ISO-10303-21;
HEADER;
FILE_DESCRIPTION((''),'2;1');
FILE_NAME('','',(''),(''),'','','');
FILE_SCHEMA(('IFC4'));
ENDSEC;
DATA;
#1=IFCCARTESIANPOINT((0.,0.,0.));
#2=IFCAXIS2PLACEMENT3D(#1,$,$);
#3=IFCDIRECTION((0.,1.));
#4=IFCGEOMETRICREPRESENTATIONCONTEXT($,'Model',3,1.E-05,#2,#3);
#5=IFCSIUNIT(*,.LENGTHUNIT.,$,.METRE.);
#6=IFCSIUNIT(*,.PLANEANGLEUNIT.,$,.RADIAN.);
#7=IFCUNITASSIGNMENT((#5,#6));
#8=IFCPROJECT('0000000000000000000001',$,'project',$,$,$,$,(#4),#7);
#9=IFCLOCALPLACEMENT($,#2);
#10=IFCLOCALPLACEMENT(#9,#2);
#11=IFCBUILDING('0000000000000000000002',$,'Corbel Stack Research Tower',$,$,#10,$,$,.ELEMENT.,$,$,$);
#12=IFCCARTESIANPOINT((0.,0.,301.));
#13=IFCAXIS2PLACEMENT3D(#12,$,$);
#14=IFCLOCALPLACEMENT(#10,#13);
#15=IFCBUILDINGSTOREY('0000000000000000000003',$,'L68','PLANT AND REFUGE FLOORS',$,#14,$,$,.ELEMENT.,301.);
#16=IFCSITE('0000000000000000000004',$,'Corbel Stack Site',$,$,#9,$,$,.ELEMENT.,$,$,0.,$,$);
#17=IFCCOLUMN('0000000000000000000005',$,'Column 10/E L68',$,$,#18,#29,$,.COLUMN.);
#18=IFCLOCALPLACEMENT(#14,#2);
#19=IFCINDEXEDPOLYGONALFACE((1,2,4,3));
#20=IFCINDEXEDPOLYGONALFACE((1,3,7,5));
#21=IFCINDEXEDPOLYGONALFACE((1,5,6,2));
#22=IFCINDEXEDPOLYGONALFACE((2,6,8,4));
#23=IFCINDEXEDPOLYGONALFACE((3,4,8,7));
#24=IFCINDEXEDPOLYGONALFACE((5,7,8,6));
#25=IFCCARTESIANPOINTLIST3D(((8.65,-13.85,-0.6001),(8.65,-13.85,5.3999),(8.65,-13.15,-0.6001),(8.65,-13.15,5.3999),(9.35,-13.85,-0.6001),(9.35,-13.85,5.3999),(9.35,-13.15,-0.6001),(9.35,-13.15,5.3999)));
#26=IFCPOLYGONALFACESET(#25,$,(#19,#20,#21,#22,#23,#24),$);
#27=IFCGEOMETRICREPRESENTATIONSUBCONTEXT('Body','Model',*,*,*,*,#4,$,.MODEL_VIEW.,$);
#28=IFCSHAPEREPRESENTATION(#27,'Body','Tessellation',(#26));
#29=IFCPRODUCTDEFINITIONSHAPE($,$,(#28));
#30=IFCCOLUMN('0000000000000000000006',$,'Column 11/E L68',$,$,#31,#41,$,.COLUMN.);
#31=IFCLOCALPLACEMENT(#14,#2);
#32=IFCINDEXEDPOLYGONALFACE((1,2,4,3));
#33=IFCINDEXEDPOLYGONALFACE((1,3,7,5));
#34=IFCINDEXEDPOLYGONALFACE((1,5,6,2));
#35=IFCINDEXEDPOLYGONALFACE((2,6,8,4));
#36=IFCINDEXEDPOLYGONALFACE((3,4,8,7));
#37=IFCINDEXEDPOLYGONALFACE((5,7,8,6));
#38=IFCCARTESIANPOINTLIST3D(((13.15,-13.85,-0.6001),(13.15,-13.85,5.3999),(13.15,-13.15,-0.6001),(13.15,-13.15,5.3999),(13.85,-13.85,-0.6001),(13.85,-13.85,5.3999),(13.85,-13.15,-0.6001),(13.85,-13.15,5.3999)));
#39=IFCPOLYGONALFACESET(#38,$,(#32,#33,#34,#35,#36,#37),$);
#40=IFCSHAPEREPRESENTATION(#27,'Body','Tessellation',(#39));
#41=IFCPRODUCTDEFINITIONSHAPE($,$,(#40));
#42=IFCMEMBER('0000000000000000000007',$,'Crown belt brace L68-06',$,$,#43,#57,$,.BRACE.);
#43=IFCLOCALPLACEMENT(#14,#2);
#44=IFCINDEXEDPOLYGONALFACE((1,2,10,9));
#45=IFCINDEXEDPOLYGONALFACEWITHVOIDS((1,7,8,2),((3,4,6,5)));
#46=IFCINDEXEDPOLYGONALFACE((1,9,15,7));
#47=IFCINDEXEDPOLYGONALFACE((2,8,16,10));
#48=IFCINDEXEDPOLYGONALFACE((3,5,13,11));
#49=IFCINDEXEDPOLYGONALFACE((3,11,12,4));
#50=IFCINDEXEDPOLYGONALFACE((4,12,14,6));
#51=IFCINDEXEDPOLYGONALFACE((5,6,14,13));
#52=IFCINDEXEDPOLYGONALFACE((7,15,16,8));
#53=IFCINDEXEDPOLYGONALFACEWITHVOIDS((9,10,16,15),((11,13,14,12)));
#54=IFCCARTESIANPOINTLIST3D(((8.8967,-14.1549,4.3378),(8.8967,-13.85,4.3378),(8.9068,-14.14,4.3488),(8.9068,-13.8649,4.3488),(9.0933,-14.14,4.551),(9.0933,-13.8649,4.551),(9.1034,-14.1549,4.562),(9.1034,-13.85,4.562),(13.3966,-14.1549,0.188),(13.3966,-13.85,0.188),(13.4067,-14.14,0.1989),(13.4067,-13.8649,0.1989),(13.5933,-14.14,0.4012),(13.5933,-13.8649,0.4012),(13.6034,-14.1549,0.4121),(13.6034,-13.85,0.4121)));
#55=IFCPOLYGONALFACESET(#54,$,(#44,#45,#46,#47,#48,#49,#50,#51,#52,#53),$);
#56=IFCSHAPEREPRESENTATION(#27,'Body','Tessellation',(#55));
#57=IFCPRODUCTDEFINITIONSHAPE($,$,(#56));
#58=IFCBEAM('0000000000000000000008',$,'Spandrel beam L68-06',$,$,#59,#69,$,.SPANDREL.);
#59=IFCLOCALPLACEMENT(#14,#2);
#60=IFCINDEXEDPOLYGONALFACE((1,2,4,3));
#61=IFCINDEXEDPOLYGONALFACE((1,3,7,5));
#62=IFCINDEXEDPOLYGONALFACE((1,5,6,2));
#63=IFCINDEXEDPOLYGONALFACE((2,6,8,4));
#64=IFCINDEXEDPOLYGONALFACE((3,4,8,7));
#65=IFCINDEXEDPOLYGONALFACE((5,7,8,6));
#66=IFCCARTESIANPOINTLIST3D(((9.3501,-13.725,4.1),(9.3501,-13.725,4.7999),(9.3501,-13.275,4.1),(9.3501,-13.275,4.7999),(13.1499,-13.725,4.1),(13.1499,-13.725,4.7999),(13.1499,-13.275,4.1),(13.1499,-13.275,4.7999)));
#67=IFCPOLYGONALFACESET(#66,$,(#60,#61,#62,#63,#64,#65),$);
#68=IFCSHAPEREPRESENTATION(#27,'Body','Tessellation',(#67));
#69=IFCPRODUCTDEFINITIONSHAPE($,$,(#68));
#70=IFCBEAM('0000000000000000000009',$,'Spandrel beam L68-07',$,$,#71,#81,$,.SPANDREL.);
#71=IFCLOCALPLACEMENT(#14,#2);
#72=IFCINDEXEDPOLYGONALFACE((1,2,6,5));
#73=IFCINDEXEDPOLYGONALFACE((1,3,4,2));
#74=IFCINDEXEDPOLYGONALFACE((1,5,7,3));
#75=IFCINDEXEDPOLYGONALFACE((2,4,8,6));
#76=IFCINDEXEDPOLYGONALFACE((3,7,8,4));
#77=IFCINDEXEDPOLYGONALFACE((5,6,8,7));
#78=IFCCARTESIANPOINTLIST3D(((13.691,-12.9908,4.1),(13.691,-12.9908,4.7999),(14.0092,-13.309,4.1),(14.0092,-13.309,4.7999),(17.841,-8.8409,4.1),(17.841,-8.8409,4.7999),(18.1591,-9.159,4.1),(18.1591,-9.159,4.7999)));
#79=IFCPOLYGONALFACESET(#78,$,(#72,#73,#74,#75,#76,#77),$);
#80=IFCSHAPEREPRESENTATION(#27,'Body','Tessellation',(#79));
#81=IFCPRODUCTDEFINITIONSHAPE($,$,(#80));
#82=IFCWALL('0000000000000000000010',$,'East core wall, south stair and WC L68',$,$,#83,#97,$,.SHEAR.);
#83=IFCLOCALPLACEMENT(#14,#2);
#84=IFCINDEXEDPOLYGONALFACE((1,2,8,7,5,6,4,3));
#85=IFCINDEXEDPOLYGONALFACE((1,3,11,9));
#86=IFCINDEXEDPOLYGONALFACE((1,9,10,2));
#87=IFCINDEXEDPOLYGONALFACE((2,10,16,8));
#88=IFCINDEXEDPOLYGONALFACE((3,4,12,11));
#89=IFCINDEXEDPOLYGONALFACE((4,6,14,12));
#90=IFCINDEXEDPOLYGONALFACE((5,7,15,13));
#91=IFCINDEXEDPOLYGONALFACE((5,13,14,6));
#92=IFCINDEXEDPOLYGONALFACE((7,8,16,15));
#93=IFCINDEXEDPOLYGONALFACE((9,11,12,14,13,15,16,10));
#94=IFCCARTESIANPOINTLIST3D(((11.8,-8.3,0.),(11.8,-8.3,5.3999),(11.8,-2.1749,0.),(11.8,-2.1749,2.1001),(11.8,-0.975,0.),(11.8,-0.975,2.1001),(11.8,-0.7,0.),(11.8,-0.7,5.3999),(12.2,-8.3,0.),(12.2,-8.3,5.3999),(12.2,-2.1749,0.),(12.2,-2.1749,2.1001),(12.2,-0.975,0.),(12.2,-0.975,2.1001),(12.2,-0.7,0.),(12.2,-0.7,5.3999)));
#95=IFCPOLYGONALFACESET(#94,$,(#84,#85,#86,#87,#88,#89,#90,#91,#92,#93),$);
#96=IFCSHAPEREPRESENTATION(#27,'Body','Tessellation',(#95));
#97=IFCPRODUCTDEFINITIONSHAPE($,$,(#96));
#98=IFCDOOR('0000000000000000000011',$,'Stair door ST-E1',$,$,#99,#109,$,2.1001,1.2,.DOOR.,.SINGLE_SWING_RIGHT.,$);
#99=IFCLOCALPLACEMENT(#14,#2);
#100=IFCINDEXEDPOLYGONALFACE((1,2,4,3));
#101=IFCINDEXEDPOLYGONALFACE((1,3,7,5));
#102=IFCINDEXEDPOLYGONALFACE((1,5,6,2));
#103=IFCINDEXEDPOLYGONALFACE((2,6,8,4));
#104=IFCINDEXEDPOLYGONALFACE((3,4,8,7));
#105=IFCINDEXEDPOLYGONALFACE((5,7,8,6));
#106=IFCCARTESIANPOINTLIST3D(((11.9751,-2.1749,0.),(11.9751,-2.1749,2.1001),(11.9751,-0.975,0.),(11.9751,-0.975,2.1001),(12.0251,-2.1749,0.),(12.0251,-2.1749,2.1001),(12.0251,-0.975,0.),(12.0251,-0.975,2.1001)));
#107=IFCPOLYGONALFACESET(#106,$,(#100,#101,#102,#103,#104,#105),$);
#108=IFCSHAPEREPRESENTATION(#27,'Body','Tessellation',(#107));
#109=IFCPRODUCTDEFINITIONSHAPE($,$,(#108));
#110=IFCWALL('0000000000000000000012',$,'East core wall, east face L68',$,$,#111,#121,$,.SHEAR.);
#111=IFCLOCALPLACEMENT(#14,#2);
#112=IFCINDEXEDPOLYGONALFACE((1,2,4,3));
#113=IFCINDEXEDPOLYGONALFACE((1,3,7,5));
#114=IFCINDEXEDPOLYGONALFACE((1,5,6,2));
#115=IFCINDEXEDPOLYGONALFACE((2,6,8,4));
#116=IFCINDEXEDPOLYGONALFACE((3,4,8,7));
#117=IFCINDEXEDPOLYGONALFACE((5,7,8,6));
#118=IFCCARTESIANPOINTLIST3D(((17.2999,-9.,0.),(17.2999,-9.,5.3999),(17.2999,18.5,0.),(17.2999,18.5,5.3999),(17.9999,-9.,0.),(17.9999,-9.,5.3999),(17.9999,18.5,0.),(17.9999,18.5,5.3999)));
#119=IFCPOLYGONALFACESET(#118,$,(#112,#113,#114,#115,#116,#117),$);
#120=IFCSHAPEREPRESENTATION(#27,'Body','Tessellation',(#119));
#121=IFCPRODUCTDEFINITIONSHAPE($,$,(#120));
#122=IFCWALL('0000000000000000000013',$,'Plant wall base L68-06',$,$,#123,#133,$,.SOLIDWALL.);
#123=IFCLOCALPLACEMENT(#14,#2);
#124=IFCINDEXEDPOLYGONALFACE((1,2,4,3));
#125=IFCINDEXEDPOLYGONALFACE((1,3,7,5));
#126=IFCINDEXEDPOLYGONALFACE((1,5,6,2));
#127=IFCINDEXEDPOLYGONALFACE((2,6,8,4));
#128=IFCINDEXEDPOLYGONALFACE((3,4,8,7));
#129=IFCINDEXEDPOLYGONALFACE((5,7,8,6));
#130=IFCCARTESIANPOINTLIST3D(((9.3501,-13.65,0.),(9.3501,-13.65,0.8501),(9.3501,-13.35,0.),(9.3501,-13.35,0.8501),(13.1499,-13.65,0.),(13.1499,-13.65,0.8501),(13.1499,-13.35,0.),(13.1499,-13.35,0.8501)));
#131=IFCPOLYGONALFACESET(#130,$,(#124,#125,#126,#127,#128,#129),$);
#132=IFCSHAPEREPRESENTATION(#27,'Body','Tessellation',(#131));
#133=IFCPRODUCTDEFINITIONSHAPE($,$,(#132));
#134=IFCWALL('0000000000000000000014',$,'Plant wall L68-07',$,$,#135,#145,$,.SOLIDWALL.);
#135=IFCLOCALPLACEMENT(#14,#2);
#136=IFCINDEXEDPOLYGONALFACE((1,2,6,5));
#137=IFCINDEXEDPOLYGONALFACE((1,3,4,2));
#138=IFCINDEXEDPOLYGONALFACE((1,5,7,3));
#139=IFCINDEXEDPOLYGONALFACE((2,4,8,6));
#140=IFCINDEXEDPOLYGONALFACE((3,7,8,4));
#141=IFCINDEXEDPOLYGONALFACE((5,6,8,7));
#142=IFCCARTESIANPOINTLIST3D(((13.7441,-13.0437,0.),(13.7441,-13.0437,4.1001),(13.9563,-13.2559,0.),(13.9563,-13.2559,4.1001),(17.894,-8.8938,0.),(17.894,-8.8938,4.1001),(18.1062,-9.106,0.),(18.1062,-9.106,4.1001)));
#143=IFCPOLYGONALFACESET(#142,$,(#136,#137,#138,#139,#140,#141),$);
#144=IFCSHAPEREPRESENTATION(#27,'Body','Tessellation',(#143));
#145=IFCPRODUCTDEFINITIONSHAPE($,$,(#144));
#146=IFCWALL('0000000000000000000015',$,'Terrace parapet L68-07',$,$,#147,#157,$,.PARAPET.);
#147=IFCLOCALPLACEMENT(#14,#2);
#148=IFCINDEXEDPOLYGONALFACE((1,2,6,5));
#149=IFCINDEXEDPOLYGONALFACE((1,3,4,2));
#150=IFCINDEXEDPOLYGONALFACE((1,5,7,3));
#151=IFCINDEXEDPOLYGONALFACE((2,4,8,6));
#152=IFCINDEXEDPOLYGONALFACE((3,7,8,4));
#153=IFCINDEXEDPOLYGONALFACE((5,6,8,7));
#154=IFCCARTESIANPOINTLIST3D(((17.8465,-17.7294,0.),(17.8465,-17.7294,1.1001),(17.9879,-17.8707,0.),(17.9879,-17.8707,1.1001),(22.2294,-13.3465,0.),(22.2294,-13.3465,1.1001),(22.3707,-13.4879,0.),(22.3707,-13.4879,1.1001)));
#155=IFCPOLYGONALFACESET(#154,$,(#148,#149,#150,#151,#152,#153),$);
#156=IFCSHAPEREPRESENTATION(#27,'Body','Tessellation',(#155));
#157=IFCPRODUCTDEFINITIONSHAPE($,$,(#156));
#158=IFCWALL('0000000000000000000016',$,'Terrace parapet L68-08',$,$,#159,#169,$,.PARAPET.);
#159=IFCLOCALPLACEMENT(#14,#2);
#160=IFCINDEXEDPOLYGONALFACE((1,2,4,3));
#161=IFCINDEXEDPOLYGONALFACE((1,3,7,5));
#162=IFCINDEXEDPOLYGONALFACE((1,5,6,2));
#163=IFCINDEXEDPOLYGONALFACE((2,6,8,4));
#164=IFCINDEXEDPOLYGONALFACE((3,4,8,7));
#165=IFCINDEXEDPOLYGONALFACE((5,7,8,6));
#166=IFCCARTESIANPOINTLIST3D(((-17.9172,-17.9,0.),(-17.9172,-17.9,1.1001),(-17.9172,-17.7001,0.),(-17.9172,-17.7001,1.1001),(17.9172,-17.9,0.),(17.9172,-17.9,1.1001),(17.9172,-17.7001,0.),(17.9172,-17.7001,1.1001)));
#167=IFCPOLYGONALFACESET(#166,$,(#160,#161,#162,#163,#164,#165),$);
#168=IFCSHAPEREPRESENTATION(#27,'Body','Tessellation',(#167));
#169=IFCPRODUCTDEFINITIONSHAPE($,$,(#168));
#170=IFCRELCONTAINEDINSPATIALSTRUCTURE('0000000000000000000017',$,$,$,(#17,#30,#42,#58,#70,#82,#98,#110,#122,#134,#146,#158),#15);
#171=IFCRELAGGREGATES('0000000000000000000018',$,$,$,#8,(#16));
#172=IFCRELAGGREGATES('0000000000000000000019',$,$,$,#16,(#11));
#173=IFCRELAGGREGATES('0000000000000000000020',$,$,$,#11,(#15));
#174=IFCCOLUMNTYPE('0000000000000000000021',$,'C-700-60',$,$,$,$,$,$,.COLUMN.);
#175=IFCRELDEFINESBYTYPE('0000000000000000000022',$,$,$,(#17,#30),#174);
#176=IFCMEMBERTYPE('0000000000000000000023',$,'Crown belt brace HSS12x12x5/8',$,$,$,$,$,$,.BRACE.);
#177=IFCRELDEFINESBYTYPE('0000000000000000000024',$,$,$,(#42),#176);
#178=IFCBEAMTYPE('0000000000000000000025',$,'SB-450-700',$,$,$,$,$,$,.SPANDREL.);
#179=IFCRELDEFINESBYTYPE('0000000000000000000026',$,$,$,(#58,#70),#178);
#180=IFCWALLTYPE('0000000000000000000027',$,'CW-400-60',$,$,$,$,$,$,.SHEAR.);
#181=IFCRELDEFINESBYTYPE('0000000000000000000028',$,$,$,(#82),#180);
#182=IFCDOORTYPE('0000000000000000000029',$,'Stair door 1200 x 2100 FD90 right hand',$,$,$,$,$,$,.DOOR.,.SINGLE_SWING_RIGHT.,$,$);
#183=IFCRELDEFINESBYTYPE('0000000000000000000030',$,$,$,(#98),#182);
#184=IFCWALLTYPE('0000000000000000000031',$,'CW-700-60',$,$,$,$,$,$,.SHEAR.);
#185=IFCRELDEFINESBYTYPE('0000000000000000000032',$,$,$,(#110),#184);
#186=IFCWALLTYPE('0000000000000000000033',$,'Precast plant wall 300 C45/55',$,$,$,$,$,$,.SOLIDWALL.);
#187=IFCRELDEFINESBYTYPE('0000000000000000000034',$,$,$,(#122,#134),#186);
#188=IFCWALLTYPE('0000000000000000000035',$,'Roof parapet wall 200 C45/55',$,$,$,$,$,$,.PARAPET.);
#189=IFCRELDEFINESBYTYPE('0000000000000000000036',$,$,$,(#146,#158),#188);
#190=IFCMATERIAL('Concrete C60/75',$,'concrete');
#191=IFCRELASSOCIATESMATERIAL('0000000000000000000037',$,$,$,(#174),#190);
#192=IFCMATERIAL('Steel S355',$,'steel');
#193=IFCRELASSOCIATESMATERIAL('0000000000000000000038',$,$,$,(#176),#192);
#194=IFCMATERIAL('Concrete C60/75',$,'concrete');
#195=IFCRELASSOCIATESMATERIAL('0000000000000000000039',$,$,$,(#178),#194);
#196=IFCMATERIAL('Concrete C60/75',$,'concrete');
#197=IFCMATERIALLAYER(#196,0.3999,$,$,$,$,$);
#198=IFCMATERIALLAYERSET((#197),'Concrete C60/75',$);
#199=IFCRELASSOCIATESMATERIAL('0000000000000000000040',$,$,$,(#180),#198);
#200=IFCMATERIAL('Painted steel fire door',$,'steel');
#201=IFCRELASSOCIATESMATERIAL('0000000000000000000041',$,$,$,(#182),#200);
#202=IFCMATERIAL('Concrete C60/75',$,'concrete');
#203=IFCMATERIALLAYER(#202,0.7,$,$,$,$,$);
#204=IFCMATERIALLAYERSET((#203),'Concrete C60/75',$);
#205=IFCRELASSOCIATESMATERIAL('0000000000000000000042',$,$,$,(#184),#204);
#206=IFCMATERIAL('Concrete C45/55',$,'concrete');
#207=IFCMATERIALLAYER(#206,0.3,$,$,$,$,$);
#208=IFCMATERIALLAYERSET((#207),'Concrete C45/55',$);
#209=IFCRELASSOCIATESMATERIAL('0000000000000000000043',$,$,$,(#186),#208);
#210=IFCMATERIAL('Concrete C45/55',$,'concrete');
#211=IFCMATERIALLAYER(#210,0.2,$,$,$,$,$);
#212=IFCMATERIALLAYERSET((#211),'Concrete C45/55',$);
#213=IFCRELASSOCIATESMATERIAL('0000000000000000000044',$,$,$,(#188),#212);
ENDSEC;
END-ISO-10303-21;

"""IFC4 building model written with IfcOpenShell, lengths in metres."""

from ifc_helpers import new_model, si_unit, direction, frame, frame_2d, origin, origin_2d, place, context, subcontext, project, spatial, rectangle, hollow_rectangle, extrude, material, layer, layer_set, material_profile, profile_set, type_object, element, fill, save


model = new_model("IFC4")

# Units and contexts
model_context = context("Model", 3, precision=1e-05, world=origin(), true_north=direction((0.0, 1.0)))
body_context = subcontext(model_context, "Body", "Model", "MODEL_VIEW")
ifc_project = project(units=[si_unit("LENGTHUNIT", "METRE"), si_unit("PLANEANGLEUNIT", "RADIAN")], contexts=[model_context])

# Site, building, storey
site_placement = place(None, origin())
site = spatial("IfcSite", under=ifc_project, at=site_placement, Name="Corbel Stack Site", CompositionType="ELEMENT", RefElevation=0.0)
building_placement = place(site_placement, origin())
building = spatial("IfcBuilding", under=site, at=building_placement, Name="Corbel Stack Research Tower", CompositionType="ELEMENT")
storey_placement = place(building_placement, frame((0.0, 0.0, 301.0)))
storey = spatial("IfcBuildingStorey", under=building, at=storey_placement, Name="L68", Description="PLANT AND REFUGE FLOORS", CompositionType="ELEMENT", Elevation=301.0)

# Columns
ifc_material_1 = material(Name="Concrete C60/75", Category="concrete")
ifc_material_profile_1 = material_profile(ifc_material_1, rectangle(XDim=0.7, YDim=0.7, at=origin_2d()), Name="RC 700 x 700")
ifc_profile_set_1 = profile_set([ifc_material_profile_1], Name="Concrete C60/75")
column_type = type_object("IfcColumnType", Name="C-700-60", PredefinedType="COLUMN", material=ifc_profile_set_1)
for number, where, z_axis, x_axis, name in (
    (1, (9.0, -13.5, -0.6001), (0.0, 0.0, 1.0), (1.0, 0.0, 0.0), "Column 10/E L68"),
    (2, (13.5, -13.5, -0.6001), (0.0, 0.0, 1.0), (1.0, 0.0, 0.0), "Column 11/E L68"),
):
    element("IfcColumn", number, at=place(storey_placement, frame(where, z_axis=z_axis, x_axis=x_axis)), inside=storey, type_object=column_type, Name=name, PredefinedType="COLUMN", context=body_context, shape_type="SweptSolid", body=[
        extrude(rectangle(XDim=0.7, YDim=0.7, at=origin_2d()), origin(), (0.0, 0.0, 1.0), 6.0),
    ])

# Member
ifc_material_2 = material(Name="Steel S355", Category="steel")
ifc_material_profile_2 = material_profile(ifc_material_2, hollow_rectangle(XDim=0.3049, YDim=0.3049, WallThickness=0.0149, at=origin_2d()), Name="HSS12x12x5/8")
ifc_profile_set_2 = profile_set([ifc_material_profile_2], Name="Steel S355")
member_type = type_object("IfcMemberType", Name="Crown belt brace HSS12x12x5/8", PredefinedType="BRACE", material=ifc_profile_set_2)
member_placement = place(storey_placement, frame((13.5, -14.0024, 0.3), z_axis=(-0.735124, 0.0, 0.677932), x_axis=(0.0, -1.0, 0.0)))
element("IfcMember", 3, at=member_placement, inside=storey, type_object=member_type, Name="Crown belt brace L68-06", PredefinedType="BRACE", context=body_context, shape_type="SweptSolid", body=[
    extrude(hollow_rectangle(XDim=0.3049, YDim=0.3049, WallThickness=0.0149, at=origin_2d()), origin(), (0.0, 0.0, 1.0), 6.1213),
])

# Beams
ifc_material_3 = material(Name="Concrete C60/75", Category="concrete")
ifc_material_profile_3 = material_profile(ifc_material_3, rectangle(XDim=0.45, YDim=0.7, at=origin_2d()), Name="RC 450 x 700")
ifc_profile_set_3 = profile_set([ifc_material_profile_3], Name="Concrete C60/75")
beam_type = type_object("IfcBeamType", Name="SB-450-700", PredefinedType="SPANDREL", material=ifc_profile_set_3)
beam_1_placement = place(storey_placement, frame((9.3501, -13.5, 4.45), z_axis=(1.0, 0.0, 0.0), x_axis=(0.0, 1.0, 0.0)))
element("IfcBeam", 4, at=beam_1_placement, inside=storey, type_object=beam_type, Name="Spandrel beam L68-06", PredefinedType="SPANDREL", context=body_context, shape_type="SweptSolid", body=[
    extrude(rectangle(XDim=0.45, YDim=0.7, at=origin_2d()), origin(), (0.0, 0.0, 1.0), 3.7998),
])
beam_2_placement = place(storey_placement, frame((13.8501, -13.1499, 4.45), z_axis=(0.707107, 0.707107, 0.0), x_axis=(-0.707107, 0.707107, 0.0)))
element("IfcBeam", 5, at=beam_2_placement, inside=storey, type_object=beam_type, Name="Spandrel beam L68-07", PredefinedType="SPANDREL", context=body_context, shape_type="SweptSolid", body=[
    extrude(rectangle(XDim=0.45, YDim=0.7, at=origin_2d()), origin(), (0.0, 0.0, 1.0), 5.8689),
])

# Wall, opening, door
ifc_material_4 = material(Name="Concrete C60/75", Category="concrete")
ifc_layer_1 = layer(ifc_material_4, 0.3999)
ifc_layer_set_1 = layer_set([ifc_layer_1], Name="Concrete C60/75")
wall_type_1 = type_object("IfcWallType", Name="CW-400-60", PredefinedType="SHEAR", material=ifc_layer_set_1)
wall_1_placement = place(storey_placement, frame((12.0, -8.3, 0.0), z_axis=(0.0, 0.0, 1.0), x_axis=(0.0, 1.0, 0.0)))
wall_1 = element("IfcWall", 6, at=wall_1_placement, inside=storey, type_object=wall_type_1, Name="East core wall, south stair and WC L68", PredefinedType="SHEAR", context=body_context, shape_type="SweptSolid", body=[
    extrude(rectangle(XDim=7.6001, YDim=0.3999, at=frame_2d((3.8, 0.0))), origin(), (0.0, 0.0, 1.0), 5.3999),
])
opening_placement = place(wall_1_placement, frame((6.125, 0.0, 0.0)))
opening = element("IfcOpeningElement", 7, at=opening_placement, cuts=wall_1, PredefinedType="OPENING", context=body_context, shape_type="SweptSolid", body=[
    extrude(rectangle(XDim=1.2, YDim=2.1001, at=frame_2d((0.6001, 1.05))), frame((0.0, 0.21, 0.0), z_axis=(0.0, -1.0, 0.0), x_axis=(1.0, 0.0, 0.0)), (0.0, 0.0, 1.0), 0.4199),
])
ifc_material_5 = material(Name="Painted steel fire door", Category="steel")
door_type = type_object("IfcDoorType", Name="Stair door 1200 x 2100 FD90 right hand", OperationType="SINGLE_SWING_RIGHT", PredefinedType="DOOR", material=ifc_material_5)
door_placement = place(opening_placement, origin())
door = element("IfcDoor", 8, at=door_placement, inside=storey, type_object=door_type, Name="Stair door ST-E1", OperationType="SINGLE_SWING_RIGHT", OverallHeight=2.1001, OverallWidth=1.2, PredefinedType="DOOR", context=body_context, shape_type="SweptSolid", body=[
    extrude(rectangle(XDim=1.2, YDim=2.1001, at=frame_2d((0.6001, 1.05))), frame((0.0, 0.0249, 0.0), z_axis=(0.0, -1.0, 0.0), x_axis=(1.0, 0.0, 0.0)), (0.0, 0.0, 1.0), 0.05),
])
fill(opening, door)

# Walls
ifc_material_6 = material(Name="Concrete C60/75", Category="concrete")
ifc_layer_2 = layer(ifc_material_6, 0.7)
ifc_layer_set_2 = layer_set([ifc_layer_2], Name="Concrete C60/75")
wall_type_2 = type_object("IfcWallType", Name="CW-700-60", PredefinedType="SHEAR", material=ifc_layer_set_2)
wall_2_placement = place(storey_placement, frame((17.6499, -9.0, 0.0), z_axis=(0.0, 0.0, 1.0), x_axis=(0.0, 1.0, 0.0)))
element("IfcWall", 9, at=wall_2_placement, inside=storey, type_object=wall_type_2, Name="East core wall, east face L68", PredefinedType="SHEAR", context=body_context, shape_type="SweptSolid", body=[
    extrude(rectangle(XDim=27.5, YDim=0.7, at=frame_2d((13.75, 0.0))), origin(), (0.0, 0.0, 1.0), 5.3999),
])
ifc_material_7 = material(Name="Concrete C45/55", Category="concrete")
ifc_layer_3 = layer(ifc_material_7, 0.3)
ifc_layer_set_3 = layer_set([ifc_layer_3], Name="Concrete C45/55")
wall_type_3 = type_object("IfcWallType", Name="Precast plant wall 300 C45/55", PredefinedType="SOLIDWALL", material=ifc_layer_set_3)
wall_3_placement = place(storey_placement, frame((9.3501, -13.5, 0.0), z_axis=(0.0, 0.0, 1.0), x_axis=(1.0, 0.0, 0.0)))
element("IfcWall", 10, at=wall_3_placement, inside=storey, type_object=wall_type_3, Name="Plant wall base L68-06", PredefinedType="SOLIDWALL", context=body_context, shape_type="SweptSolid", body=[
    extrude(rectangle(XDim=3.7998, YDim=0.3, at=frame_2d((1.8999, 0.0))), origin(), (0.0, 0.0, 1.0), 0.8501),
])
wall_4_placement = place(storey_placement, frame((13.8501, -13.1499, 0.0), z_axis=(0.0, 0.0, 1.0), x_axis=(0.707107, 0.707107, 0.0)))
element("IfcWall", 11, at=wall_4_placement, inside=storey, type_object=wall_type_3, Name="Plant wall L68-07", PredefinedType="SOLIDWALL", context=body_context, shape_type="SweptSolid", body=[
    extrude(rectangle(XDim=5.8689, YDim=0.3, at=frame_2d((2.9346, 0.0))), origin(), (0.0, 0.0, 1.0), 4.1001),
])
ifc_material_8 = material(Name="Concrete C45/55", Category="concrete")
ifc_layer_4 = layer(ifc_material_8, 0.2)
ifc_layer_set_4 = layer_set([ifc_layer_4], Name="Concrete C45/55")
wall_type_4 = type_object("IfcWallType", Name="Roof parapet wall 200 C45/55", PredefinedType="PARAPET", material=ifc_layer_set_4)
wall_5_placement = place(storey_placement, frame((22.3, -13.4172, 0.0), z_axis=(0.0, 0.0, 1.0), x_axis=(-0.707107, -0.707107, 0.0)))
element("IfcWall", 12, at=wall_5_placement, inside=storey, type_object=wall_type_4, Name="Terrace parapet L68-07", PredefinedType="PARAPET", context=body_context, shape_type="SweptSolid", body=[
    extrude(rectangle(XDim=6.1982, YDim=0.2, at=frame_2d((3.0991, 0.0))), origin(), (0.0, 0.0, 1.0), 1.1001),
])
wall_6_placement = place(storey_placement, frame((17.9172, -17.8, 0.0), z_axis=(0.0, 0.0, 1.0), x_axis=(-1.0, 0.0, 0.0)))
element("IfcWall", 13, at=wall_6_placement, inside=storey, type_object=wall_type_4, Name="Terrace parapet L68-08", PredefinedType="PARAPET", context=body_context, shape_type="SweptSolid", body=[
    extrude(rectangle(XDim=35.8345, YDim=0.2, at=frame_2d((17.9172, 0.0))), origin(), (0.0, 0.0, 1.0), 1.1001),
])

save(model, "model.ifc")
